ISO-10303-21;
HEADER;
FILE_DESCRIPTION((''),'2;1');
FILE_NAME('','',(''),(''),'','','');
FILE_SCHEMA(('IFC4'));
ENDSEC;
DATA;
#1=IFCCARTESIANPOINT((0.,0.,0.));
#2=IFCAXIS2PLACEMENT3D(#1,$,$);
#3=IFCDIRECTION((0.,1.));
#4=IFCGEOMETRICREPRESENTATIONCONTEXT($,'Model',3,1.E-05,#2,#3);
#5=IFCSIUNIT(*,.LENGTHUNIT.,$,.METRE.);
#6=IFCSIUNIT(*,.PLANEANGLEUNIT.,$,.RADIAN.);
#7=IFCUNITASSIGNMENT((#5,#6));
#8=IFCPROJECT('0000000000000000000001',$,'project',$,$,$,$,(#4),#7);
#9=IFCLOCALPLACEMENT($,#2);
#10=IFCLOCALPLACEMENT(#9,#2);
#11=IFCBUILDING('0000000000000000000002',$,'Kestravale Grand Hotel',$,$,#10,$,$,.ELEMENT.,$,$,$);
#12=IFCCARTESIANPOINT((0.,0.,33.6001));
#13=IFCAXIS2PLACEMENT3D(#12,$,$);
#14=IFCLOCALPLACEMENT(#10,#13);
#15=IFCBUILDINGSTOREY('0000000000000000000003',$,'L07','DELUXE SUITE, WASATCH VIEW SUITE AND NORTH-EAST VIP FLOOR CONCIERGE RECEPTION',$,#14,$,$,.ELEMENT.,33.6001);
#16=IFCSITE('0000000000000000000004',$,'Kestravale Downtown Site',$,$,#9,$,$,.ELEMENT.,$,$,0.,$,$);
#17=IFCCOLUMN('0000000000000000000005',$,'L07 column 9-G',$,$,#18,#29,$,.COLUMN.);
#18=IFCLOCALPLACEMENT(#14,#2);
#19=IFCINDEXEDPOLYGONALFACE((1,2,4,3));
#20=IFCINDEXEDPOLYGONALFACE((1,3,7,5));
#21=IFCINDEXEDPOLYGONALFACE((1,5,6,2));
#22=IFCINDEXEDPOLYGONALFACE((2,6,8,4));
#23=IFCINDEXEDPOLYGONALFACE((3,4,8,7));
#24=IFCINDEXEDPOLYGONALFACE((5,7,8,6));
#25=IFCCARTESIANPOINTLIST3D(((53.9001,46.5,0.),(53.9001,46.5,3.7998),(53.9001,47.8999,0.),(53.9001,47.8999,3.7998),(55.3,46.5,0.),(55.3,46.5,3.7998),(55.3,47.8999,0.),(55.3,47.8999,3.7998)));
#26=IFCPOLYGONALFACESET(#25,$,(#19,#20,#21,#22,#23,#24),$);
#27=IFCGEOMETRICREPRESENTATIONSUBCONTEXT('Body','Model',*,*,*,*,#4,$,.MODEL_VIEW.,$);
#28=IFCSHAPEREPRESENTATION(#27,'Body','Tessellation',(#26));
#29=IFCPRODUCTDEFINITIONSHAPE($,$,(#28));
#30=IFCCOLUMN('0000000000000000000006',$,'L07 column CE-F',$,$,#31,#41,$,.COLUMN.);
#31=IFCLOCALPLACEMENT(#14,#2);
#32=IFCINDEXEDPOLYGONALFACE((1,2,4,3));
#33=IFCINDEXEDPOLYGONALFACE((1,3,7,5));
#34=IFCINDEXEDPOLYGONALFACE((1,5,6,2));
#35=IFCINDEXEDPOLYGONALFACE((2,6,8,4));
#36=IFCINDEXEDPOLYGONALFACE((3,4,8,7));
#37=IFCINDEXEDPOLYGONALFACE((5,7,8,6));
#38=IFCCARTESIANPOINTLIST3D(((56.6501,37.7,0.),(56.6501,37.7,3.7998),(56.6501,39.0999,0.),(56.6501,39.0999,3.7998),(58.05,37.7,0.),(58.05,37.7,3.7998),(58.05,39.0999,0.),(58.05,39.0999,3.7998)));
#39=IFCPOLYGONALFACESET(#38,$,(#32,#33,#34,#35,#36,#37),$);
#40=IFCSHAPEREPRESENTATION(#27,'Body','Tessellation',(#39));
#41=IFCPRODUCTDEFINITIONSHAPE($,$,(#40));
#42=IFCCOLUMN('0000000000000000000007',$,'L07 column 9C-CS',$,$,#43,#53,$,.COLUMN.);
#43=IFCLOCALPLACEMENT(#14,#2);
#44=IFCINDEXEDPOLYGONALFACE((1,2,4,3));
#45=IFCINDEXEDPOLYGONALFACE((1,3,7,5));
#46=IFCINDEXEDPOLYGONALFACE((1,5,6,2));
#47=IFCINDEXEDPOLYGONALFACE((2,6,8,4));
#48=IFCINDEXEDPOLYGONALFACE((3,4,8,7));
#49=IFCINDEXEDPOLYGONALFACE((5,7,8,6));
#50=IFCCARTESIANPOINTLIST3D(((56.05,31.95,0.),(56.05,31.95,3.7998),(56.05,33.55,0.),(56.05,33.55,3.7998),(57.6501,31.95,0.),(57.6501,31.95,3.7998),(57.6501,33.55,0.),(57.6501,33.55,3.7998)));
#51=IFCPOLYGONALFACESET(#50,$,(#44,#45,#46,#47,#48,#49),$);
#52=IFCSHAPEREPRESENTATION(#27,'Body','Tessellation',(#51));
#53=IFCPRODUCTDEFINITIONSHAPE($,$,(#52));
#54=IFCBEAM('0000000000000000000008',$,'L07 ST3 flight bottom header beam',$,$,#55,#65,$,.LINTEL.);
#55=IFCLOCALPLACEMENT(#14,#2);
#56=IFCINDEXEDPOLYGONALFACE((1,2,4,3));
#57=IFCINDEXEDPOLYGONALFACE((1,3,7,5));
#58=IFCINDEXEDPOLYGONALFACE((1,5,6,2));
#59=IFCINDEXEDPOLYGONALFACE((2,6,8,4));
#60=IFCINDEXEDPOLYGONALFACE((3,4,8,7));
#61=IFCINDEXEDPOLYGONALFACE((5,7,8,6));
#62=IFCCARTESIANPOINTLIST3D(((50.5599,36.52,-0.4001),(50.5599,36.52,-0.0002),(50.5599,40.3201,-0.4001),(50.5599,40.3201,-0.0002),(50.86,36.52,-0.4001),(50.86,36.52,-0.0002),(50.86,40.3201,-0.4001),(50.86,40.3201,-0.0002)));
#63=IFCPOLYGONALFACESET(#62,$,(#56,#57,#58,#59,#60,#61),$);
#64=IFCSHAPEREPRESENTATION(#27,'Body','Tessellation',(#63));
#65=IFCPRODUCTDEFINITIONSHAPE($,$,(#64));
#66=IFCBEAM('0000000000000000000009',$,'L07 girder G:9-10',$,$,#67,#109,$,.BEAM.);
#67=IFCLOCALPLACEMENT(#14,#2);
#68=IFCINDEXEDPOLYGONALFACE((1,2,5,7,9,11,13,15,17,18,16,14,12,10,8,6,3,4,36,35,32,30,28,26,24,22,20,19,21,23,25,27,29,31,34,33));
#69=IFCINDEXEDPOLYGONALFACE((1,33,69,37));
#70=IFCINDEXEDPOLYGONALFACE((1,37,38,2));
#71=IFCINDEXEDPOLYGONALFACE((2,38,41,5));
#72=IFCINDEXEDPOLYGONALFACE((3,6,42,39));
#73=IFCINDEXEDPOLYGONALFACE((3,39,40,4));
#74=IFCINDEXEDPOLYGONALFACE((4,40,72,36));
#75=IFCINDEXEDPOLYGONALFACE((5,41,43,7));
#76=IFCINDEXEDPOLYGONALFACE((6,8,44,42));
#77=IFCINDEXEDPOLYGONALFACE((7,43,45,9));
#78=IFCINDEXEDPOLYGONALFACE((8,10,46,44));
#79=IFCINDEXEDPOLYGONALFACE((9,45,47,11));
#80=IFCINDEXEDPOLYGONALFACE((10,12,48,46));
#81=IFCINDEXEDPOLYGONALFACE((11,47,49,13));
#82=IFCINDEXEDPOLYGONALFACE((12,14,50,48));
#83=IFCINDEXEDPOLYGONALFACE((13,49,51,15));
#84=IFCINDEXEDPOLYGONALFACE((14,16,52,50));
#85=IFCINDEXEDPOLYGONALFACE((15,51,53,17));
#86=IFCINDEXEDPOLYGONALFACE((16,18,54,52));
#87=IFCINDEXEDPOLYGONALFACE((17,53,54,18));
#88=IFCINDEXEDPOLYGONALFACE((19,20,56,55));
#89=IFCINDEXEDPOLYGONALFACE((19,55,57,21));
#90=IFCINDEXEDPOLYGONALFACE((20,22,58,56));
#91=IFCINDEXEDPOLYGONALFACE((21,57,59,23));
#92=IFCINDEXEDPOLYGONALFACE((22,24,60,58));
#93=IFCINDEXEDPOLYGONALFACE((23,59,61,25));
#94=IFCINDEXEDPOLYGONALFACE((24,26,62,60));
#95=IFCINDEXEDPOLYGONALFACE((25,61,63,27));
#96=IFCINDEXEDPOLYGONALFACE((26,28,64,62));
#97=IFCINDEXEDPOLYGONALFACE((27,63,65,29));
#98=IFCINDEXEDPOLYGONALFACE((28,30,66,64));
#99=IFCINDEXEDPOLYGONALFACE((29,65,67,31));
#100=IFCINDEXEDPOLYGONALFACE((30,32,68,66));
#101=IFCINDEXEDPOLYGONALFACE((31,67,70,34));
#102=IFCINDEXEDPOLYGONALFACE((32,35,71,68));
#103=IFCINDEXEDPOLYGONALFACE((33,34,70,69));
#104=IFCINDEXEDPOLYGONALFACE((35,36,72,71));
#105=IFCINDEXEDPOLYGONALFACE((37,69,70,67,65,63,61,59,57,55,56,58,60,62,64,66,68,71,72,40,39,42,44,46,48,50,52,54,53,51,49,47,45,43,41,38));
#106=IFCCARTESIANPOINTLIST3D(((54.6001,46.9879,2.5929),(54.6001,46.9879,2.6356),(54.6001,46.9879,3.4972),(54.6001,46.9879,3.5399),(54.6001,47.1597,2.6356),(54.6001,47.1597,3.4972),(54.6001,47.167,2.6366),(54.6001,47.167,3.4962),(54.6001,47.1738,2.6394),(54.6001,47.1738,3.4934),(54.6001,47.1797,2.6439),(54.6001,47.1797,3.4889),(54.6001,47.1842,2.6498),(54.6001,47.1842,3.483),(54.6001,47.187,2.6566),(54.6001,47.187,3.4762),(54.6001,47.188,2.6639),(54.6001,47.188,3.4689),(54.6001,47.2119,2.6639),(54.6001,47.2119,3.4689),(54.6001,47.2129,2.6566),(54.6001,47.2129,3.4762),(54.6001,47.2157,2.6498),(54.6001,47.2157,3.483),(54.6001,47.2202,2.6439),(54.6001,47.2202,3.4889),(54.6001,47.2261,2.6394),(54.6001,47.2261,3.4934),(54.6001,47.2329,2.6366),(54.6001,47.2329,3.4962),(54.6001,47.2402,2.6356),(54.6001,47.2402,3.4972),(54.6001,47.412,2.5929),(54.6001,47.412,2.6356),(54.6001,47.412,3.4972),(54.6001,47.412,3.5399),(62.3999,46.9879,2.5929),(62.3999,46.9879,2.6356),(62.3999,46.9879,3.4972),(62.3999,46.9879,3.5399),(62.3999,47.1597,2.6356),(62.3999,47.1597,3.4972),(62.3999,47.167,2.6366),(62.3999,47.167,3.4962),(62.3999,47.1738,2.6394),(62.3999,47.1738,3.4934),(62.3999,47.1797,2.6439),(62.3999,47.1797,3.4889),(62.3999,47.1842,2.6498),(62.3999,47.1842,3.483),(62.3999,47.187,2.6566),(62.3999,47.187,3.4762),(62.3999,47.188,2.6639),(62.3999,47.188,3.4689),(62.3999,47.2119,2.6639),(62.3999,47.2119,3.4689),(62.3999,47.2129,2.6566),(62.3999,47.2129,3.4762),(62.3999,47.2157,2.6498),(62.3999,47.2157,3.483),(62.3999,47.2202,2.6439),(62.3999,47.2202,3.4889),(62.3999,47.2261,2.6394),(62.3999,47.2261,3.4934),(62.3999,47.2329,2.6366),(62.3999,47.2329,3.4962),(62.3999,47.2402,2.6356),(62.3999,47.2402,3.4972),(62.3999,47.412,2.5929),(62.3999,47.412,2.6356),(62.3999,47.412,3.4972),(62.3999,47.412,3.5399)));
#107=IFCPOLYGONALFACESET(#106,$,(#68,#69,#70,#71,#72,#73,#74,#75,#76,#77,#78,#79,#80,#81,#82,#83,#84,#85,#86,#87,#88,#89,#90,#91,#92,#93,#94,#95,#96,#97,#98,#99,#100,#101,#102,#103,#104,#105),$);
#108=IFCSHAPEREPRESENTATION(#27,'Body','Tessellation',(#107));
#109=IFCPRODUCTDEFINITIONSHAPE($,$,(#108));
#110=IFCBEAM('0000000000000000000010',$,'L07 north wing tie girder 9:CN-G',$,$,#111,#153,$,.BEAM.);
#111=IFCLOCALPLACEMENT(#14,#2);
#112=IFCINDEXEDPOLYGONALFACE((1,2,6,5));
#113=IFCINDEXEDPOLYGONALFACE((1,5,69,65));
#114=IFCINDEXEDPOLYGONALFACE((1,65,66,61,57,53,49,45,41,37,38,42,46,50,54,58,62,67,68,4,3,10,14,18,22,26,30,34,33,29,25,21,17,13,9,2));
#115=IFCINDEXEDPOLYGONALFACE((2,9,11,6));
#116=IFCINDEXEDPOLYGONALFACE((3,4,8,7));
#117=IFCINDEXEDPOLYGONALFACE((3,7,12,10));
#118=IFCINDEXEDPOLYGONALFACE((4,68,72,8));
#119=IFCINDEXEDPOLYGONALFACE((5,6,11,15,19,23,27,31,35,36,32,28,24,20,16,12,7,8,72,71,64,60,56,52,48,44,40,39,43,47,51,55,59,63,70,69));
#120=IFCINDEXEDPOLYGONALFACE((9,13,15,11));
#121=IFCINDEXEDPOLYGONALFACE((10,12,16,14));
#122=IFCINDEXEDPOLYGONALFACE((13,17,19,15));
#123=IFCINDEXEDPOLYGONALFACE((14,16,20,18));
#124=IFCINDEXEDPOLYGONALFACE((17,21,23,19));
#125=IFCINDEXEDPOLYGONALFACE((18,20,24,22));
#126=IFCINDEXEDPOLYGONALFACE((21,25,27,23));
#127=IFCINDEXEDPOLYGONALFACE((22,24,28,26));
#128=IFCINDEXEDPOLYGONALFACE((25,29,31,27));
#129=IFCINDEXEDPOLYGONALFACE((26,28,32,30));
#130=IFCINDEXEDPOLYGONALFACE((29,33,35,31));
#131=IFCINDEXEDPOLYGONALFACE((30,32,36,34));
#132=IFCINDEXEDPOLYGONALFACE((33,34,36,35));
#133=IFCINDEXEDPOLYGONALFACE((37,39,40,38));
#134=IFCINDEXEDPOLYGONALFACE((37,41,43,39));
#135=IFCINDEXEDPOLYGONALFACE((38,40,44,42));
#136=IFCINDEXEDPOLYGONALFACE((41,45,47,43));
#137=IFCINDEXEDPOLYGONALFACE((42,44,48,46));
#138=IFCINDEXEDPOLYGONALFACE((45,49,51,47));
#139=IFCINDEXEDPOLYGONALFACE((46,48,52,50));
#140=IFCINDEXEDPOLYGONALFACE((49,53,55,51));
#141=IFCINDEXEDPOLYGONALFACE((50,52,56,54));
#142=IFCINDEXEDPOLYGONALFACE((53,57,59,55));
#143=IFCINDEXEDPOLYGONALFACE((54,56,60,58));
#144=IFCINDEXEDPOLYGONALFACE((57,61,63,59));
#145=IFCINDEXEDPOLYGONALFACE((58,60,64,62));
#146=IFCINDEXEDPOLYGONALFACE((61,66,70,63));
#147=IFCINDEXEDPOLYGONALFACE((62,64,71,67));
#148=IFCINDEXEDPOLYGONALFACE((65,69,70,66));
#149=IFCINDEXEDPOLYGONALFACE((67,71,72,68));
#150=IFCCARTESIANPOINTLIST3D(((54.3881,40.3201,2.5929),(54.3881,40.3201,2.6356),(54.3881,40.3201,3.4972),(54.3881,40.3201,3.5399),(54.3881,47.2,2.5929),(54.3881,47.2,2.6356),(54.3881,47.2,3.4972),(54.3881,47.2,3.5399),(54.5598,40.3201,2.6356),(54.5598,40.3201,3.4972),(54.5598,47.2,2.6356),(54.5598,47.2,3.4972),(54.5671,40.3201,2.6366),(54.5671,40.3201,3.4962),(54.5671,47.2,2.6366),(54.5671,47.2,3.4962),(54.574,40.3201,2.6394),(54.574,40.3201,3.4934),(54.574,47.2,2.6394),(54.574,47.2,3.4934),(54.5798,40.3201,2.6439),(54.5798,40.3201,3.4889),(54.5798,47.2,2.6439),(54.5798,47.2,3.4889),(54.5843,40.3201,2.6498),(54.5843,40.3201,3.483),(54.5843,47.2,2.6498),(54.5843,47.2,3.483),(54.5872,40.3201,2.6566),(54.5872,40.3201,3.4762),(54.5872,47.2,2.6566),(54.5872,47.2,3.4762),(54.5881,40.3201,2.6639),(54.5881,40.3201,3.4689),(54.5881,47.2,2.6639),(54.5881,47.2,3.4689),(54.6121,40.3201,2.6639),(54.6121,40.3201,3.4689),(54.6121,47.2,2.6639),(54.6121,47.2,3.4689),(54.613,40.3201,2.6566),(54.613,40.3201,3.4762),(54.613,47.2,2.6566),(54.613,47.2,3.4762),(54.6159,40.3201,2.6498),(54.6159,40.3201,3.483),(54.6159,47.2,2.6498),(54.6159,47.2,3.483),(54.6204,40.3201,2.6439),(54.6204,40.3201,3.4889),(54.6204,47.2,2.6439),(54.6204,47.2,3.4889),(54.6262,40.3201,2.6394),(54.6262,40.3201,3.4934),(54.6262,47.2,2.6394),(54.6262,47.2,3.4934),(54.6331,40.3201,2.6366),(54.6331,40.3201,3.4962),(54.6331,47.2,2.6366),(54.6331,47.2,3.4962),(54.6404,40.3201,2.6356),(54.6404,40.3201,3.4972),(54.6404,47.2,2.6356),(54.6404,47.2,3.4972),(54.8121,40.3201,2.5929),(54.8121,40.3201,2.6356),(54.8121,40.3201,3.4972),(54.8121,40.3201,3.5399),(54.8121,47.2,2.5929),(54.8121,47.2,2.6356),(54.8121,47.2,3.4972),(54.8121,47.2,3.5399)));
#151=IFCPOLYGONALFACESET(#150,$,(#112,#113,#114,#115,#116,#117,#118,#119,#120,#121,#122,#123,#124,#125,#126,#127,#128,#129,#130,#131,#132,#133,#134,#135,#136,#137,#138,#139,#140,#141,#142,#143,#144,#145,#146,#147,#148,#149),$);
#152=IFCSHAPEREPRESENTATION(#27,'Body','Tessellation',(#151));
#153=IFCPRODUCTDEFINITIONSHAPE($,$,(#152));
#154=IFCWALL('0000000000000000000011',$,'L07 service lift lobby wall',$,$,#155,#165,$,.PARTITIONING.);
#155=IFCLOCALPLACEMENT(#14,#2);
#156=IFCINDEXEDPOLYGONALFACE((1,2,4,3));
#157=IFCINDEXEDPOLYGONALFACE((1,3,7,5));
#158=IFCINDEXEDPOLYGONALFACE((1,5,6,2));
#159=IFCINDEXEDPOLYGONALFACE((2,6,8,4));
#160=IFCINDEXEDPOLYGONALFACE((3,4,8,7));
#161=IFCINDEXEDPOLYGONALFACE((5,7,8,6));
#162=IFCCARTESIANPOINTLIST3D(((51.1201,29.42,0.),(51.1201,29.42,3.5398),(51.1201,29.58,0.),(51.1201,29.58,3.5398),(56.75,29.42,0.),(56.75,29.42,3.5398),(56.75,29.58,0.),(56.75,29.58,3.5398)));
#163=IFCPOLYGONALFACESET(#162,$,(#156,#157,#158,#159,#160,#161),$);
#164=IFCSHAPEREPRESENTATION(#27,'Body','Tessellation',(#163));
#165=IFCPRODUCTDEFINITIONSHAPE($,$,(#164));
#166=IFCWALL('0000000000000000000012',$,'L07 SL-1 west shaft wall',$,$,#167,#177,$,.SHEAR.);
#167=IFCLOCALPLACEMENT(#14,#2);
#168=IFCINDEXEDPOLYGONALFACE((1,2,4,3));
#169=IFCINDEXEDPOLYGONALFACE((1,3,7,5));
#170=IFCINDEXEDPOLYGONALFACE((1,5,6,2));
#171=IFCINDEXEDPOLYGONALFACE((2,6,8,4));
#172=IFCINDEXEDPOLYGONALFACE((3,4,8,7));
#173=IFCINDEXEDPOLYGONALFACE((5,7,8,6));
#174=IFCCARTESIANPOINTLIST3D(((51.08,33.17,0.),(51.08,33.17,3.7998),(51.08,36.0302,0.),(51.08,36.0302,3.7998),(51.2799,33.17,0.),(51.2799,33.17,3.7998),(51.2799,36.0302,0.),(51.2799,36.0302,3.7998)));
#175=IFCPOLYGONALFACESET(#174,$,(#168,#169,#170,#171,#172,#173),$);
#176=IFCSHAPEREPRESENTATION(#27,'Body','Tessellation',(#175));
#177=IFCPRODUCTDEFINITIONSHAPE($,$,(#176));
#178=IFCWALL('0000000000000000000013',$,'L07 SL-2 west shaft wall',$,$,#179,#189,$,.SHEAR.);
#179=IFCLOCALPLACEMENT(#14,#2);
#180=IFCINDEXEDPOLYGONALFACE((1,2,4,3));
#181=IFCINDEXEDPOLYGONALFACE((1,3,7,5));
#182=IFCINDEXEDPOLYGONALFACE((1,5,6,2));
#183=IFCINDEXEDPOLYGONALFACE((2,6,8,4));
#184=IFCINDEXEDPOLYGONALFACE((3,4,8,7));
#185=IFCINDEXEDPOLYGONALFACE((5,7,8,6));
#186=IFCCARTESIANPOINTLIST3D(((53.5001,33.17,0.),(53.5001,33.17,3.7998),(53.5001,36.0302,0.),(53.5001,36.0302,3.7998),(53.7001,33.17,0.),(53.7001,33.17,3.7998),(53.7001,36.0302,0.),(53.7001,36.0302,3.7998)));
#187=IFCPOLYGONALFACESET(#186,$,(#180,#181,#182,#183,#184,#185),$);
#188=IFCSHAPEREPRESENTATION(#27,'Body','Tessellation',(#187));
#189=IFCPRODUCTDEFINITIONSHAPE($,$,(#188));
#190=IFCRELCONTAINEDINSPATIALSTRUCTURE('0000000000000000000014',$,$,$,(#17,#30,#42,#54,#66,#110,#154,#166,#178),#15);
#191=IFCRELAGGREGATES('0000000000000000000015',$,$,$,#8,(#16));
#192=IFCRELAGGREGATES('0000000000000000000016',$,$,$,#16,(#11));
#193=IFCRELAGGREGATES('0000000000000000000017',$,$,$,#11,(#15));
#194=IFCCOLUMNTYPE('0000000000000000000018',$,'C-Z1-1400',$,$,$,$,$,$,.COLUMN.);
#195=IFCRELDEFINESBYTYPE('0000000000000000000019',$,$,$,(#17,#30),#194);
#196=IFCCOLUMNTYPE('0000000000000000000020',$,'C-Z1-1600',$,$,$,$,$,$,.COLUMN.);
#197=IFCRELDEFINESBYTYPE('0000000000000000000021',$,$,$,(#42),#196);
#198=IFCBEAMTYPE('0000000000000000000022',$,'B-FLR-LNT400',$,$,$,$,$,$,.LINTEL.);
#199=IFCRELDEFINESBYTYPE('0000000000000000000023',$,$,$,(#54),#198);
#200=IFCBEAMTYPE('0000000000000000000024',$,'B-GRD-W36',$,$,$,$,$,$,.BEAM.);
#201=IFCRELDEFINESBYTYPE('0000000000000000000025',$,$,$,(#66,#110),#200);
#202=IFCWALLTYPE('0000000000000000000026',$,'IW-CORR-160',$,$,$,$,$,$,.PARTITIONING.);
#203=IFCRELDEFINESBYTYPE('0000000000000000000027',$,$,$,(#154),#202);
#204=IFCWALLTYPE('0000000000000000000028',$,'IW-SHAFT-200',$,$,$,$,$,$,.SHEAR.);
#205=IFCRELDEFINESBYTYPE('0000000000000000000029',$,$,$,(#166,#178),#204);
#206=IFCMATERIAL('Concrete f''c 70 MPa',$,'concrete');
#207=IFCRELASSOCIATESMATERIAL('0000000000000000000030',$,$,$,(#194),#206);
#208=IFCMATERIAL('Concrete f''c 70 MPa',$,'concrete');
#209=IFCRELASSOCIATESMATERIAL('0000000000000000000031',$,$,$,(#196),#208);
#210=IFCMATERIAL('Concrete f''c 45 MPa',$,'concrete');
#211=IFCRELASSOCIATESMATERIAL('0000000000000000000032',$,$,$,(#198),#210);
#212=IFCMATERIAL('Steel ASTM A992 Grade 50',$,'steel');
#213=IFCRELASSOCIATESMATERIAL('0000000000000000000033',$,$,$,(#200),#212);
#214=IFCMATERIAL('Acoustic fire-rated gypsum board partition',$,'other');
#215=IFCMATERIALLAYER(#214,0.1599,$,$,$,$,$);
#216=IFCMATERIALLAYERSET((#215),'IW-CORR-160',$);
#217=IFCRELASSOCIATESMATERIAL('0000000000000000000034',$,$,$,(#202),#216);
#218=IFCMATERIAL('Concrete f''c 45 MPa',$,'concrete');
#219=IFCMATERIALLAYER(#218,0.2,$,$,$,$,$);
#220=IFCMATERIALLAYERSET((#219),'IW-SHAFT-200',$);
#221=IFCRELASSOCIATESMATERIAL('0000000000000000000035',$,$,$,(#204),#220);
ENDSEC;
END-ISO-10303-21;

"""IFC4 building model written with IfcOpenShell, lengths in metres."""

from ifc_helpers import new_model, si_unit, direction, frame, frame_2d, origin, origin_2d, place, context, subcontext, project, spatial, rectangle, i_section, extrude, material, layer, layer_set, material_profile, profile_set, type_object, element, save


model = new_model("IFC4")

# Units and contexts
model_context = context("Model", 3, precision=1e-05, world=origin(), true_north=direction((0.0, 1.0)))
body_context = subcontext(model_context, "Body", "Model", "MODEL_VIEW")
ifc_project = project(units=[si_unit("LENGTHUNIT", "METRE"), si_unit("PLANEANGLEUNIT", "RADIAN")], contexts=[model_context])

# Site, building, storey
site_placement = place(None, origin())
site = spatial("IfcSite", under=ifc_project, at=site_placement, Name="Kestravale Downtown Site", CompositionType="ELEMENT", RefElevation=0.0)
building_placement = place(site_placement, origin())
building = spatial("IfcBuilding", under=site, at=building_placement, Name="Kestravale Grand Hotel", CompositionType="ELEMENT")
storey_placement = place(building_placement, frame((0.0, 0.0, 33.6001)))
storey = spatial("IfcBuildingStorey", under=building, at=storey_placement, Name="L07", Description="DELUXE SUITE, WASATCH VIEW SUITE AND NORTH-EAST VIP FLOOR CONCIERGE RECEPTION", CompositionType="ELEMENT", Elevation=33.6001)

# Columns
ifc_material_1 = material(Name="Concrete f'c 70 MPa", Category="concrete")
ifc_material_profile_1 = material_profile(ifc_material_1, rectangle(XDim=1.3999, YDim=1.3999, at=origin_2d()))
ifc_profile_set_1 = profile_set([ifc_material_profile_1], Name="Concrete f'c 70 MPa")
column_type_1 = type_object("IfcColumnType", Name="C-Z1-1400", PredefinedType="COLUMN", material=ifc_profile_set_1)
for number, where, z_axis, x_axis, name in (
    (1, (54.6001, 47.2, 0.0), (0.0, 0.0, 1.0), (1.0, 0.0, 0.0), "L07 column 9-G"),
    (2, (57.3501, 38.3999, 0.0), (0.0, 0.0, 1.0), (1.0, 0.0, 0.0), "L07 column CE-F"),
):
    element("IfcColumn", number, at=place(storey_placement, frame(where, z_axis=z_axis, x_axis=x_axis)), inside=storey, type_object=column_type_1, Name=name, PredefinedType="COLUMN", context=body_context, shape_type="SweptSolid", body=[
        extrude(rectangle(XDim=1.3999, YDim=1.3999, at=origin_2d()), origin(), (0.0, 0.0, 1.0), 3.7998),
    ])
ifc_material_2 = material(Name="Concrete f'c 70 MPa", Category="concrete")
ifc_material_profile_2 = material_profile(ifc_material_2, rectangle(XDim=1.6001, YDim=1.6001, at=origin_2d()))
ifc_profile_set_2 = profile_set([ifc_material_profile_2], Name="Concrete f'c 70 MPa")
column_type_2 = type_object("IfcColumnType", Name="C-Z1-1600", PredefinedType="COLUMN", material=ifc_profile_set_2)
column_placement = place(storey_placement, frame((56.8501, 32.75, 0.0), z_axis=(0.0, 0.0, 1.0), x_axis=(1.0, 0.0, 0.0)))
element("IfcColumn", 3, at=column_placement, inside=storey, type_object=column_type_2, Name="L07 column 9C-CS", PredefinedType="COLUMN", context=body_context, shape_type="SweptSolid", body=[
    extrude(rectangle(XDim=1.6001, YDim=1.6001, at=origin_2d()), origin(), (0.0, 0.0, 1.0), 3.7998),
])

# Beams
ifc_material_3 = material(Name="Concrete f'c 45 MPa", Category="concrete")
ifc_material_profile_3 = material_profile(ifc_material_3, rectangle(XDim=0.3, YDim=0.3999, at=origin_2d()))
ifc_profile_set_3 = profile_set([ifc_material_profile_3], Name="Concrete f'c 45 MPa")
beam_type_1 = type_object("IfcBeamType", Name="B-FLR-LNT400", PredefinedType="LINTEL", material=ifc_profile_set_3)
beam_1_placement = place(storey_placement, frame((50.71, 36.52, -0.2002), z_axis=(0.0, 1.0, 0.0), x_axis=(-1.0, 0.0, 0.0)))
element("IfcBeam", 4, at=beam_1_placement, inside=storey, type_object=beam_type_1, Name="L07 ST3 flight bottom header beam", PredefinedType="LINTEL", context=body_context, shape_type="SweptSolid", body=[
    extrude(rectangle(XDim=0.3, YDim=0.3999, at=origin_2d()), origin(), (0.0, 0.0, 1.0), 3.8),
])
ifc_material_4 = material(Name="Steel ASTM A992 Grade 50", Category="steel")
ifc_material_profile_4 = material_profile(ifc_material_4, i_section(OverallWidth=0.4241, OverallDepth=0.947, WebThickness=0.0239, FlangeThickness=0.0427, FilletRadius=0.0283, at=origin_2d()))
ifc_profile_set_4 = profile_set([ifc_material_profile_4], Name="Steel ASTM A992 Grade 50")
beam_type_2 = type_object("IfcBeamType", Name="B-GRD-W36", PredefinedType="BEAM", material=ifc_profile_set_4)
beam_2_placement = place(storey_placement, frame((54.6001, 47.2, 3.0664), z_axis=(1.0, 0.0, 0.0), x_axis=(0.0, 1.0, 0.0)))
element("IfcBeam", 5, at=beam_2_placement, inside=storey, type_object=beam_type_2, Name="L07 girder G:9-10", PredefinedType="BEAM", context=body_context, shape_type="SweptSolid", body=[
    extrude(i_section(OverallWidth=0.4241, OverallDepth=0.947, WebThickness=0.0239, FlangeThickness=0.0427, FilletRadius=0.0283, at=origin_2d()), origin(), (0.0, 0.0, 1.0), 7.7998),
])
beam_3_placement = place(storey_placement, frame((54.6001, 40.3201, 3.0664), z_axis=(0.0, 1.0, 0.0), x_axis=(-1.0, 0.0, 0.0)))
element("IfcBeam", 6, at=beam_3_placement, inside=storey, type_object=beam_type_2, Name="L07 north wing tie girder 9:CN-G", PredefinedType="BEAM", context=body_context, shape_type="SweptSolid", body=[
    extrude(i_section(OverallWidth=0.4241, OverallDepth=0.947, WebThickness=0.0239, FlangeThickness=0.0427, FilletRadius=0.0283, at=origin_2d()), origin(), (0.0, 0.0, 1.0), 6.8799),
])

# Shared definitions
ifc_material_5 = material(Name="Acoustic fire-rated gypsum board partition", Category="other")
ifc_layer_1 = layer(ifc_material_5, 0.1599)
ifc_layer_set_1 = layer_set([ifc_layer_1], Name="IW-CORR-160")
wall_type_1 = type_object("IfcWallType", Name="IW-CORR-160", PredefinedType="PARTITIONING", material=ifc_layer_set_1)

# Walls
wall_1_placement = place(storey_placement, frame((51.1201, 29.5, 0.0), z_axis=(0.0, 0.0, 1.0), x_axis=(1.0, 0.0, 0.0)))
element("IfcWall", 7, at=wall_1_placement, inside=storey, type_object=wall_type_1, Name="L07 service lift lobby wall", PredefinedType="PARTITIONING", context=body_context, shape_type="SweptSolid", body=[
    extrude(rectangle(XDim=5.6299, YDim=0.1599, at=frame_2d((2.8149, 0.0))), origin(), (0.0, 0.0, 1.0), 3.5398),
])
ifc_material_6 = material(Name="Concrete f'c 45 MPa", Category="concrete")
ifc_layer_2 = layer(ifc_material_6, 0.2)
ifc_layer_set_2 = layer_set([ifc_layer_2], Name="IW-SHAFT-200")
wall_type_2 = type_object("IfcWallType", Name="IW-SHAFT-200", PredefinedType="SHEAR", material=ifc_layer_set_2)
for number, where, z_axis, x_axis, name in (
    (8, (51.1799, 33.1699, 0.0), (0.0, 0.0, 1.0), (0.0, 1.0, 0.0), "L07 SL-1 west shaft wall"),
    (9, (53.6001, 33.1699, 0.0), (0.0, 0.0, 1.0), (0.0, 1.0, 0.0), "L07 SL-2 west shaft wall"),
):
    element("IfcWall", number, at=place(storey_placement, frame(where, z_axis=z_axis, x_axis=x_axis)), inside=storey, type_object=wall_type_2, Name=name, PredefinedType="SHEAR", context=body_context, shape_type="SweptSolid", body=[
        extrude(rectangle(XDim=2.8601, YDim=0.2, at=frame_2d((1.4302, 0.0))), origin(), (0.0, 0.0, 1.0), 3.7998),
    ])

save(model, "model.ifc")
